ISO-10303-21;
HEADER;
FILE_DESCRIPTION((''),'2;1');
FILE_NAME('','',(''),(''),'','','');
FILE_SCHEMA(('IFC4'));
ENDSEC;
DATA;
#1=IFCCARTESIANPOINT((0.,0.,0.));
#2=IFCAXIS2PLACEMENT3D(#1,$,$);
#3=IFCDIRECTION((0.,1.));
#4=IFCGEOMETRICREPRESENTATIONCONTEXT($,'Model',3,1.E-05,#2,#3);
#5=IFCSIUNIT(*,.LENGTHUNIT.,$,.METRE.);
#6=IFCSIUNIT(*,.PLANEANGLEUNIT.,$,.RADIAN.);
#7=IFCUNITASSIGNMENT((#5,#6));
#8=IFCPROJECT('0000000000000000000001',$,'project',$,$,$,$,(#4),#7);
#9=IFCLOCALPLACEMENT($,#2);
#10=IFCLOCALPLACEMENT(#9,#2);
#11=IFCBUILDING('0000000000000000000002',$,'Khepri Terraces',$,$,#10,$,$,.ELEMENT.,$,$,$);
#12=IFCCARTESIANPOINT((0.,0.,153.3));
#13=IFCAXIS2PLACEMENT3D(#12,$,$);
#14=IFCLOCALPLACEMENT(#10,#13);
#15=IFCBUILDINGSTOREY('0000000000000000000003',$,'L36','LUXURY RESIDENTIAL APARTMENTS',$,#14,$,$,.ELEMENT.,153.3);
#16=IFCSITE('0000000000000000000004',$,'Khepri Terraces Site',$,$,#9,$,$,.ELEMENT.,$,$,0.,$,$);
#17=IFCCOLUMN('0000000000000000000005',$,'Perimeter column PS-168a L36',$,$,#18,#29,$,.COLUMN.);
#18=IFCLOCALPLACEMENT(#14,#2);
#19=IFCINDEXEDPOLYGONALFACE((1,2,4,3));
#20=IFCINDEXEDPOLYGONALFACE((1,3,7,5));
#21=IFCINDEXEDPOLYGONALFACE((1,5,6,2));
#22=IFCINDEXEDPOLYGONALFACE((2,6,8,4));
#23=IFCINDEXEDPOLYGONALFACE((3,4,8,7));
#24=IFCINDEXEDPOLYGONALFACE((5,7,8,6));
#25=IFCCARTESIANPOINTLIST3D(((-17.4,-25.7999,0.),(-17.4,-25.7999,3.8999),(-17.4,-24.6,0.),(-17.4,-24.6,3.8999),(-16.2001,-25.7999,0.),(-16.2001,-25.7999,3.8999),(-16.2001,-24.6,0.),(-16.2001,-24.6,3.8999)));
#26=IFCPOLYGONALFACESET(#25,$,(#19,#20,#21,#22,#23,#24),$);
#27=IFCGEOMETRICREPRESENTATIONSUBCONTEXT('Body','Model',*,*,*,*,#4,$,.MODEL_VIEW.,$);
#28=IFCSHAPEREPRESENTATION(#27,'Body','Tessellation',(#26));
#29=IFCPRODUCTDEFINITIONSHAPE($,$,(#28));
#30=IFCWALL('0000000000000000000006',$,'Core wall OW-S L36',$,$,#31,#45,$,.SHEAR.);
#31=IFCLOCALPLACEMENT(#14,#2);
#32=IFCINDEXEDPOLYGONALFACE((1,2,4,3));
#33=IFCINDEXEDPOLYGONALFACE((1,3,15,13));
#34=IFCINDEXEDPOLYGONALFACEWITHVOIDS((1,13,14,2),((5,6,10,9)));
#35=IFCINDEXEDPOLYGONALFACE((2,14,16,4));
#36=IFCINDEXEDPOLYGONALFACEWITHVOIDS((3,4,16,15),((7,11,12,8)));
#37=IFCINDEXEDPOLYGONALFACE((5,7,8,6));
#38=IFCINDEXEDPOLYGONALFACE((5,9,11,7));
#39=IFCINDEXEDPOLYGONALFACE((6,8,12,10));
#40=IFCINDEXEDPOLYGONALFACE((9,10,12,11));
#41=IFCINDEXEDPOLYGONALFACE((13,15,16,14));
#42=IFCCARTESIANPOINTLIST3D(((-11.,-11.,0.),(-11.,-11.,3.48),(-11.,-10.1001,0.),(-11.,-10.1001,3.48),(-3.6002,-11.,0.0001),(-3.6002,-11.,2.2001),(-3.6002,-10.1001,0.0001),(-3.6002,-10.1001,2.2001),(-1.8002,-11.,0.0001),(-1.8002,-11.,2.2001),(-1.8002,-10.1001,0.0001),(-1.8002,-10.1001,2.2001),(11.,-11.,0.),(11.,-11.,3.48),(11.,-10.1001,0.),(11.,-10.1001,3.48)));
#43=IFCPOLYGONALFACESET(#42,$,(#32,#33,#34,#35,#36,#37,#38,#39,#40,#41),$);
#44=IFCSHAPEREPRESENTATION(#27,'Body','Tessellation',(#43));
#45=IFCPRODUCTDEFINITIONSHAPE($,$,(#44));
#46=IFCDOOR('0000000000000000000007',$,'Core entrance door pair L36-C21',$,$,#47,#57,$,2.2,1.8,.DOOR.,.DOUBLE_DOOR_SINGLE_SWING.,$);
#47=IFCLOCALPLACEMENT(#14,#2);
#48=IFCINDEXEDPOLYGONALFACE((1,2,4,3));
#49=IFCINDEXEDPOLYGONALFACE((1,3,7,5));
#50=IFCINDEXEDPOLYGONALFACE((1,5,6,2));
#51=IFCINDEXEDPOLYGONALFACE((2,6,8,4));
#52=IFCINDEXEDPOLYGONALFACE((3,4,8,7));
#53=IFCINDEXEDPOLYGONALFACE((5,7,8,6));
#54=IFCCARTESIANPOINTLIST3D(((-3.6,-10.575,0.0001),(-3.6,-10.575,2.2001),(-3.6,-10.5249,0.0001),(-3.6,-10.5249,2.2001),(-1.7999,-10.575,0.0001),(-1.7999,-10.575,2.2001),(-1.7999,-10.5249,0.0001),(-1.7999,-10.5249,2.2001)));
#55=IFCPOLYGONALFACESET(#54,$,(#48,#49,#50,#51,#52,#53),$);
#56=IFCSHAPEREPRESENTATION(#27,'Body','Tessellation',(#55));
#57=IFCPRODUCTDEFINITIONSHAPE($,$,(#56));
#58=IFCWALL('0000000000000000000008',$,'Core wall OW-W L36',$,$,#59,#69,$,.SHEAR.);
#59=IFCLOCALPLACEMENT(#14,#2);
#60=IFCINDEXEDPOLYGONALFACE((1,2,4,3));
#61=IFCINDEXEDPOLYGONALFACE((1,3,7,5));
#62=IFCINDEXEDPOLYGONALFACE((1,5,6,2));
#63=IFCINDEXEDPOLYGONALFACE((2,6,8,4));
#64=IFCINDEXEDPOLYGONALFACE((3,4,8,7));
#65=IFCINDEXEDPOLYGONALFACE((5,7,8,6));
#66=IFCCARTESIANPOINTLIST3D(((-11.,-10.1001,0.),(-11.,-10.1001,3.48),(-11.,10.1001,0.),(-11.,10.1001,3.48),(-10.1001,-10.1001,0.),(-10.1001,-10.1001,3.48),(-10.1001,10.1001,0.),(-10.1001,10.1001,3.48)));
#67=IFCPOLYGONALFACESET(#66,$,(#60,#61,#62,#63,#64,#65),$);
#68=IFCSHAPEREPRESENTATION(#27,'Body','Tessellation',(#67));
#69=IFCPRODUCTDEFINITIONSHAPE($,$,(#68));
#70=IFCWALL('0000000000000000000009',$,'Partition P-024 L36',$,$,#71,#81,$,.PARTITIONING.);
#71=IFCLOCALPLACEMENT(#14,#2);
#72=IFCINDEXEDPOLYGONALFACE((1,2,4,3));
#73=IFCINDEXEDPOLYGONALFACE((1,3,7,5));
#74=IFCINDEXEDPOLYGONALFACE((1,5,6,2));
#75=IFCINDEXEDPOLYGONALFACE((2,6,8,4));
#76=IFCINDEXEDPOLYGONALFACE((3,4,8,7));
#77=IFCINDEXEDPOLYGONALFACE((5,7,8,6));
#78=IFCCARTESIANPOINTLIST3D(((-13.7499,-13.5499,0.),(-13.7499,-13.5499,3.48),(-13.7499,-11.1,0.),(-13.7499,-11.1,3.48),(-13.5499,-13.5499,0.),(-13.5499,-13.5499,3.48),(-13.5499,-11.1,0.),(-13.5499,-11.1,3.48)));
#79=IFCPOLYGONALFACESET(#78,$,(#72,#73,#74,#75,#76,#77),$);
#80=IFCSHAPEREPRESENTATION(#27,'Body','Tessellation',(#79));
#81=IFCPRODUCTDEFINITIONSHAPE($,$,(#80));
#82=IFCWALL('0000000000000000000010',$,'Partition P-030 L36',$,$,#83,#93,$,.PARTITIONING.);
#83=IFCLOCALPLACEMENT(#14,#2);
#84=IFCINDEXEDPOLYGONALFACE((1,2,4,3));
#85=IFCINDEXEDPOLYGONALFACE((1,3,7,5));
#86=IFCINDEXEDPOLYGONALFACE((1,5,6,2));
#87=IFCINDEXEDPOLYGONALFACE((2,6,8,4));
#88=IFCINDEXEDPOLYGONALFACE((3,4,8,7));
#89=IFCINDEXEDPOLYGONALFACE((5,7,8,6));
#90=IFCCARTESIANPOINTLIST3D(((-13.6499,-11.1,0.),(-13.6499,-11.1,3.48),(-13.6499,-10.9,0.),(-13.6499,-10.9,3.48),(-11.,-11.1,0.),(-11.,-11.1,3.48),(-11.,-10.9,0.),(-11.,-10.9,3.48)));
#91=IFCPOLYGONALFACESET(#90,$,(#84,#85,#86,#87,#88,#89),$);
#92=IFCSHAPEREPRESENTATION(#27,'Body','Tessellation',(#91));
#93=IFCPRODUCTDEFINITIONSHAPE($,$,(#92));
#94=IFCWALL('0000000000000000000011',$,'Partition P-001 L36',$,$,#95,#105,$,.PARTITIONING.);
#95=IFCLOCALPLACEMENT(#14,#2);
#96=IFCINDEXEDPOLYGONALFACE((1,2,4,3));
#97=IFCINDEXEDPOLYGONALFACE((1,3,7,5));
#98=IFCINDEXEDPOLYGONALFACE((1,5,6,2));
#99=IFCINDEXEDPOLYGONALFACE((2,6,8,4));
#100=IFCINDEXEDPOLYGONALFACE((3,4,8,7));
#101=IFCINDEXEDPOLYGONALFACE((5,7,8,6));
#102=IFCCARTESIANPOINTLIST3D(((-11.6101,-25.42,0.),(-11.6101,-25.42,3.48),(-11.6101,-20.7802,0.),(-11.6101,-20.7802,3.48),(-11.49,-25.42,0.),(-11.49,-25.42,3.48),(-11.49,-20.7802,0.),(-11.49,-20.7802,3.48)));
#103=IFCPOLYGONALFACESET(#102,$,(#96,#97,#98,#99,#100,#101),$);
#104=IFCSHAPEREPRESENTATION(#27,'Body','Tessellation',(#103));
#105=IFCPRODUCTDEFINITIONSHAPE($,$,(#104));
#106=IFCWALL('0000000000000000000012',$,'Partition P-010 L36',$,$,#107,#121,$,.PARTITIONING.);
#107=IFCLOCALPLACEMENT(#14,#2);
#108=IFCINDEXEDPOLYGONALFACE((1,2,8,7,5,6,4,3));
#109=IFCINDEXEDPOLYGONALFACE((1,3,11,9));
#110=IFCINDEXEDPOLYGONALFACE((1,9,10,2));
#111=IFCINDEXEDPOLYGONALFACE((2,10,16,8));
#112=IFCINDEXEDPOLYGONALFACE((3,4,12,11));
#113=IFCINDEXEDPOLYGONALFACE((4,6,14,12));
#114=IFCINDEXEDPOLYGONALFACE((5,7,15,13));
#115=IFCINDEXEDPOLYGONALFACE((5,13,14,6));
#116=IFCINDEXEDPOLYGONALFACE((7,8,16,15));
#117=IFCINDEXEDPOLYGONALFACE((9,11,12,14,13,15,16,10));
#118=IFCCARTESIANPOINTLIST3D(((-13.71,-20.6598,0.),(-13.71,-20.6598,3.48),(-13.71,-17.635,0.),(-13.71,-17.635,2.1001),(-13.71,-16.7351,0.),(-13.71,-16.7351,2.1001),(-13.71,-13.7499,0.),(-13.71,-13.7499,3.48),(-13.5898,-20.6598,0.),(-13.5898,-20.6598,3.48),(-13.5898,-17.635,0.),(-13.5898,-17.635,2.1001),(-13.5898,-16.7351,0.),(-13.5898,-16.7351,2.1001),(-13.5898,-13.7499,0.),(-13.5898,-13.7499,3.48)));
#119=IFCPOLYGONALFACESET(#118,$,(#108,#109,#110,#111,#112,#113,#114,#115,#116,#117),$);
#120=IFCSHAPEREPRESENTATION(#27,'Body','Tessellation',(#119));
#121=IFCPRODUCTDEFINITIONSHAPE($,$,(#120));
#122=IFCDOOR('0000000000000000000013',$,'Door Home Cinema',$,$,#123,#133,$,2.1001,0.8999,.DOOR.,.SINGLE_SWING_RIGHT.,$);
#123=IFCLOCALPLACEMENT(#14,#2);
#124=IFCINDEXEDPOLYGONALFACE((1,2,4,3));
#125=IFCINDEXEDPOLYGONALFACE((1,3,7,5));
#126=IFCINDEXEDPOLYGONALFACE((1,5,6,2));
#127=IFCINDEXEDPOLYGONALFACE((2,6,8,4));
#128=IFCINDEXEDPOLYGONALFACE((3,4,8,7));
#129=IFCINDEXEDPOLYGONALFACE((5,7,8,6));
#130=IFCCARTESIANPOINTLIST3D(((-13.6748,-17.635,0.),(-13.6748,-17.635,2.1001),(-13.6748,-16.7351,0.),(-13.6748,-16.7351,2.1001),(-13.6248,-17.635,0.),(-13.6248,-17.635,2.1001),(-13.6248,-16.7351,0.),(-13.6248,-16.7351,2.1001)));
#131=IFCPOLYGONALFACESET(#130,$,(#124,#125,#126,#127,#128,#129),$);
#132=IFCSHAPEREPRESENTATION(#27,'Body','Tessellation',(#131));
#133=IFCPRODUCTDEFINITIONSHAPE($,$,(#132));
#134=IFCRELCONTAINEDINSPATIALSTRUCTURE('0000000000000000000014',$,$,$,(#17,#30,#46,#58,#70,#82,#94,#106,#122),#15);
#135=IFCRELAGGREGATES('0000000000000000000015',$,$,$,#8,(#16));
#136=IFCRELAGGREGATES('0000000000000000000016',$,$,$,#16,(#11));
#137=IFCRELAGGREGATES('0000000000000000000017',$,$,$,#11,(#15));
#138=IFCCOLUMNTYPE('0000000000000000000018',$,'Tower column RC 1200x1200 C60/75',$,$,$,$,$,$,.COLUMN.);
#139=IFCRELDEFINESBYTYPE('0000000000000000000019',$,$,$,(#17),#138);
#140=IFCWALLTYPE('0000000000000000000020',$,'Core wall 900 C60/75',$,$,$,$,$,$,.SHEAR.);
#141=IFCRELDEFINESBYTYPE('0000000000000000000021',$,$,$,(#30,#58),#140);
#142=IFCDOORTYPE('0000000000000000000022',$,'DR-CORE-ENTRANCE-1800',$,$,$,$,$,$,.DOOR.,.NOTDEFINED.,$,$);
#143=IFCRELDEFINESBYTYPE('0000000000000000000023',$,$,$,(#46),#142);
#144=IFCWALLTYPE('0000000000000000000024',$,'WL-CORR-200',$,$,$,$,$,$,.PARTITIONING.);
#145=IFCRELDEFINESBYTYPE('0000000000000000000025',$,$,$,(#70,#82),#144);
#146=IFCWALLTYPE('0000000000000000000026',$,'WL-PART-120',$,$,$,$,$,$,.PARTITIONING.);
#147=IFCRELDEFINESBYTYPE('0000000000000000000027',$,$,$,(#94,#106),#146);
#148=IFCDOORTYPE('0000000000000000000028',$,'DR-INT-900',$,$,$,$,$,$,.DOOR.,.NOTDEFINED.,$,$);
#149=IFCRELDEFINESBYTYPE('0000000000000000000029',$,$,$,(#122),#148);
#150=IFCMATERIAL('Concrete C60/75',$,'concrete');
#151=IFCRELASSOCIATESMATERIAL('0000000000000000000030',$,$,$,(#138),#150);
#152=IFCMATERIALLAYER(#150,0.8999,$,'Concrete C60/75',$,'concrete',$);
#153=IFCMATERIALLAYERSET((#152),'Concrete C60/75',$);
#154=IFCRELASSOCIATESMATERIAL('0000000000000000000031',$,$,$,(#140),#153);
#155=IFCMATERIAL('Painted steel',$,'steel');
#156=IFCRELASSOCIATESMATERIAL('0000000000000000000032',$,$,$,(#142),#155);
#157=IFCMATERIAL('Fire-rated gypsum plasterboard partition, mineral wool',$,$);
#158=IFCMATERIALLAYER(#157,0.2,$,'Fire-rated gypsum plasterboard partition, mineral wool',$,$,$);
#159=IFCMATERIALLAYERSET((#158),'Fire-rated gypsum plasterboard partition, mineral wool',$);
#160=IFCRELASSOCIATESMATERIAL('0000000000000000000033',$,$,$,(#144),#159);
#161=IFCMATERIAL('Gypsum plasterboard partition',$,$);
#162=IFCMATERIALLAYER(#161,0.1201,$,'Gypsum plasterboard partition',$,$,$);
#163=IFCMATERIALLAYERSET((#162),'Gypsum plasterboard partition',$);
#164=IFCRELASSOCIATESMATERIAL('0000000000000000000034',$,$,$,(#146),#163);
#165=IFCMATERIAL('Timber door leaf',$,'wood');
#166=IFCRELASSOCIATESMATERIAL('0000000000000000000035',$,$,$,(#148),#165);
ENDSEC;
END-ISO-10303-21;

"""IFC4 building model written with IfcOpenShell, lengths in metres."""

from ifc_helpers import new_model, si_unit, direction, frame, frame_2d, origin, origin_2d, place, context, subcontext, project, spatial, rectangle, extrude, material, layer, layer_set, material_profile, profile_set, type_object, element, fill, save


model = new_model("IFC4")

# Units and contexts
model_context = context("Model", 3, precision=1e-05, world=origin(), true_north=direction((0.0, 1.0)))
body_context = subcontext(model_context, "Body", "Model", "MODEL_VIEW")
ifc_project = project(units=[si_unit("LENGTHUNIT", "METRE"), si_unit("PLANEANGLEUNIT", "RADIAN")], contexts=[model_context])

# Site, building, storey
site_placement = place(None, origin())
site = spatial("IfcSite", under=ifc_project, at=site_placement, Name="Khepri Terraces Site", CompositionType="ELEMENT", RefElevation=0.0)
building_placement = place(site_placement, origin())
building = spatial("IfcBuilding", under=site, at=building_placement, Name="Khepri Terraces", CompositionType="ELEMENT")
storey_placement = place(building_placement, frame((0.0, 0.0, 153.3)))
storey = spatial("IfcBuildingStorey", under=building, at=storey_placement, Name="L36", Description="LUXURY RESIDENTIAL APARTMENTS", CompositionType="ELEMENT", Elevation=153.3)

# Column
ifc_material_1 = material(Name="Concrete C60/75", Category="concrete")
ifc_material_profile = material_profile(ifc_material_1, rectangle(XDim=1.2, YDim=1.2, at=origin_2d()), Name="Concrete C60/75", Category="concrete")
ifc_profile_set = profile_set([ifc_material_profile], Name="Concrete C60/75")
column_type = type_object("IfcColumnType", Name="Tower column RC 1200x1200 C60/75", PredefinedType="COLUMN", material=ifc_profile_set)
column_placement = place(storey_placement, frame((-16.8, -25.2, 0.0), z_axis=(0.0, 0.0, 1.0), x_axis=(1.0, 0.0, 0.0)))
element("IfcColumn", 1, at=column_placement, inside=storey, type_object=column_type, Name="Perimeter column PS-168a L36", PredefinedType="COLUMN", context=body_context, shape_type="SweptSolid", body=[
    extrude(rectangle(XDim=1.2, YDim=1.2, at=origin_2d()), origin(), (0.0, 0.0, 1.0), 3.8999),
])

# Wall, opening, door
ifc_layer_1 = layer(ifc_material_1, 0.8999, Name="Concrete C60/75", Category="concrete")
ifc_layer_set_1 = layer_set([ifc_layer_1], Name="Concrete C60/75")
wall_type_1 = type_object("IfcWallType", Name="Core wall 900 C60/75", PredefinedType="SHEAR", material=ifc_layer_set_1)
wall_1_placement = place(storey_placement, frame((-11.0, -10.55, 0.0), z_axis=(0.0, 0.0, 1.0), x_axis=(1.0, 0.0, 0.0)))
wall_1 = element("IfcWall", 2, at=wall_1_placement, inside=storey, type_object=wall_type_1, Name="Core wall OW-S L36", PredefinedType="SHEAR", context=body_context, shape_type="SweptSolid", body=[
    extrude(rectangle(XDim=22.0, YDim=0.8999, at=frame_2d((11.0, 0.0))), origin(), (0.0, 0.0, 1.0), 3.48),
])
opening_1_placement = place(wall_1_placement, frame((7.3999, 0.0, 0.0)))
opening_1 = element("IfcOpeningElement", 3, at=opening_1_placement, cuts=wall_1, PredefinedType="OPENING", context=body_context, shape_type="SweptSolid", body=[
    extrude(rectangle(XDim=1.8, YDim=2.2, at=frame_2d((0.8999, 1.1001))), frame((0.0, 0.46, 0.0), z_axis=(0.0, -1.0, 0.0), x_axis=(1.0, 0.0, 0.0)), (0.0, 0.0, 1.0), 0.9199),
])
ifc_material_2 = material(Name="Painted steel", Category="steel")
door_type_1 = type_object("IfcDoorType", Name="DR-CORE-ENTRANCE-1800", OperationType="NOTDEFINED", PredefinedType="DOOR", material=ifc_material_2)
door_1_placement = place(opening_1_placement, frame((1.8, 0.0, 0.0), z_axis=(0.0, 0.0, 1.0), x_axis=(-1.0, 0.0, 0.0)))
door_1 = element("IfcDoor", 4, at=door_1_placement, inside=storey, type_object=door_type_1, Name="Core entrance door pair L36-C21", OperationType="DOUBLE_DOOR_SINGLE_SWING", OverallHeight=2.2, OverallWidth=1.8, PredefinedType="DOOR", context=body_context, shape_type="SweptSolid", body=[
    extrude(rectangle(XDim=1.8, YDim=2.2, at=frame_2d((0.8999, 1.1001))), frame((0.0, 0.0249, 0.0), z_axis=(0.0, -1.0, 0.0), x_axis=(1.0, 0.0, 0.0)), (0.0, 0.0, 1.0), 0.05),
])
fill(opening_1, door_1)

# Walls
wall_2_placement = place(storey_placement, frame((-10.55, -10.1001, 0.0), z_axis=(0.0, 0.0, 1.0), x_axis=(0.0, 1.0, 0.0)))
element("IfcWall", 5, at=wall_2_placement, inside=storey, type_object=wall_type_1, Name="Core wall OW-W L36", PredefinedType="SHEAR", context=body_context, shape_type="SweptSolid", body=[
    extrude(rectangle(XDim=20.2002, YDim=0.8999, at=frame_2d((10.1001, 0.0))), origin(), (0.0, 0.0, 1.0), 3.48),
])
ifc_material_3 = material(Name="Fire-rated gypsum plasterboard partition, mineral wool")
ifc_layer_2 = layer(ifc_material_3, 0.2, Name="Fire-rated gypsum plasterboard partition, mineral wool")
ifc_layer_set_2 = layer_set([ifc_layer_2], Name="Fire-rated gypsum plasterboard partition, mineral wool")
wall_type_2 = type_object("IfcWallType", Name="WL-CORR-200", PredefinedType="PARTITIONING", material=ifc_layer_set_2)
wall_3_placement = place(storey_placement, frame((-13.6499, -13.55, 0.0), z_axis=(0.0, 0.0, 1.0), x_axis=(0.0, 1.0, 0.0)))
element("IfcWall", 6, at=wall_3_placement, inside=storey, type_object=wall_type_2, Name="Partition P-024 L36", PredefinedType="PARTITIONING", context=body_context, shape_type="SweptSolid", body=[
    extrude(rectangle(XDim=2.45, YDim=0.2, at=frame_2d((1.2251, 0.0))), origin(), (0.0, 0.0, 1.0), 3.48),
])
wall_4_placement = place(storey_placement, frame((-13.6499, -11.0, 0.0), z_axis=(0.0, 0.0, 1.0), x_axis=(1.0, 0.0, 0.0)))
element("IfcWall", 7, at=wall_4_placement, inside=storey, type_object=wall_type_2, Name="Partition P-030 L36", PredefinedType="PARTITIONING", context=body_context, shape_type="SweptSolid", body=[
    extrude(rectangle(XDim=2.6499, YDim=0.2, at=frame_2d((1.325, 0.0))), origin(), (0.0, 0.0, 1.0), 3.48),
])

# Wall
ifc_material_4 = material(Name="Gypsum plasterboard partition")
ifc_layer_3 = layer(ifc_material_4, 0.1201, Name="Gypsum plasterboard partition")
ifc_layer_set_3 = layer_set([ifc_layer_3], Name="Gypsum plasterboard partition")
wall_type_3 = type_object("IfcWallType", Name="WL-PART-120", PredefinedType="PARTITIONING", material=ifc_layer_set_3)
wall_5_placement = place(storey_placement, frame((-11.55, -25.4199, 0.0), z_axis=(0.0, 0.0, 1.0), x_axis=(0.0, 1.0, 0.0)))
element("IfcWall", 8, at=wall_5_placement, inside=storey, type_object=wall_type_3, Name="Partition P-001 L36", PredefinedType="PARTITIONING", context=body_context, shape_type="SweptSolid", body=[
    extrude(rectangle(XDim=4.6399, YDim=0.1201, at=frame_2d((2.3198, 0.0))), origin(), (0.0, 0.0, 1.0), 3.48),
])

# Wall, opening, door
wall_6_placement = place(storey_placement, frame((-13.6499, -20.6599, 0.0), z_axis=(0.0, 0.0, 1.0), x_axis=(0.0, 1.0, 0.0)))
wall_6 = element("IfcWall", 9, at=wall_6_placement, inside=storey, type_object=wall_type_3, Name="Partition P-010 L36", PredefinedType="PARTITIONING", context=body_context, shape_type="SweptSolid", body=[
    extrude(rectangle(XDim=6.9099, YDim=0.1201, at=frame_2d((3.4551, 0.0))), origin(), (0.0, 0.0, 1.0), 3.48),
])
opening_2_placement = place(wall_6_placement, frame((3.0249, 0.0, 0.0)))
opening_2 = element("IfcOpeningElement", 10, at=opening_2_placement, cuts=wall_6, PredefinedType="OPENING", context=body_context, shape_type="SweptSolid", body=[
    extrude(rectangle(XDim=0.8999, YDim=2.1001, at=frame_2d((0.45, 1.05))), frame((0.0, 0.0701, 0.0), z_axis=(0.0, -1.0, 0.0), x_axis=(1.0, 0.0, 0.0)), (0.0, 0.0, 1.0), 0.1401),
])
ifc_material_5 = material(Name="Timber door leaf", Category="wood")
door_type_2 = type_object("IfcDoorType", Name="DR-INT-900", OperationType="NOTDEFINED", PredefinedType="DOOR", material=ifc_material_5)
door_2_placement = place(opening_2_placement, origin())
door_2 = element("IfcDoor", 11, at=door_2_placement, inside=storey, type_object=door_type_2, Name="Door Home Cinema", OperationType="SINGLE_SWING_RIGHT", OverallHeight=2.1001, OverallWidth=0.8999, PredefinedType="DOOR", context=body_context, shape_type="SweptSolid", body=[
    extrude(rectangle(XDim=0.8999, YDim=2.1001, at=frame_2d((0.45, 1.05))), frame((0.0, 0.0249, 0.0), z_axis=(0.0, -1.0, 0.0), x_axis=(1.0, 0.0, 0.0)), (0.0, 0.0, 1.0), 0.05),
])
fill(opening_2, door_2)

save(model, "model.ifc")
